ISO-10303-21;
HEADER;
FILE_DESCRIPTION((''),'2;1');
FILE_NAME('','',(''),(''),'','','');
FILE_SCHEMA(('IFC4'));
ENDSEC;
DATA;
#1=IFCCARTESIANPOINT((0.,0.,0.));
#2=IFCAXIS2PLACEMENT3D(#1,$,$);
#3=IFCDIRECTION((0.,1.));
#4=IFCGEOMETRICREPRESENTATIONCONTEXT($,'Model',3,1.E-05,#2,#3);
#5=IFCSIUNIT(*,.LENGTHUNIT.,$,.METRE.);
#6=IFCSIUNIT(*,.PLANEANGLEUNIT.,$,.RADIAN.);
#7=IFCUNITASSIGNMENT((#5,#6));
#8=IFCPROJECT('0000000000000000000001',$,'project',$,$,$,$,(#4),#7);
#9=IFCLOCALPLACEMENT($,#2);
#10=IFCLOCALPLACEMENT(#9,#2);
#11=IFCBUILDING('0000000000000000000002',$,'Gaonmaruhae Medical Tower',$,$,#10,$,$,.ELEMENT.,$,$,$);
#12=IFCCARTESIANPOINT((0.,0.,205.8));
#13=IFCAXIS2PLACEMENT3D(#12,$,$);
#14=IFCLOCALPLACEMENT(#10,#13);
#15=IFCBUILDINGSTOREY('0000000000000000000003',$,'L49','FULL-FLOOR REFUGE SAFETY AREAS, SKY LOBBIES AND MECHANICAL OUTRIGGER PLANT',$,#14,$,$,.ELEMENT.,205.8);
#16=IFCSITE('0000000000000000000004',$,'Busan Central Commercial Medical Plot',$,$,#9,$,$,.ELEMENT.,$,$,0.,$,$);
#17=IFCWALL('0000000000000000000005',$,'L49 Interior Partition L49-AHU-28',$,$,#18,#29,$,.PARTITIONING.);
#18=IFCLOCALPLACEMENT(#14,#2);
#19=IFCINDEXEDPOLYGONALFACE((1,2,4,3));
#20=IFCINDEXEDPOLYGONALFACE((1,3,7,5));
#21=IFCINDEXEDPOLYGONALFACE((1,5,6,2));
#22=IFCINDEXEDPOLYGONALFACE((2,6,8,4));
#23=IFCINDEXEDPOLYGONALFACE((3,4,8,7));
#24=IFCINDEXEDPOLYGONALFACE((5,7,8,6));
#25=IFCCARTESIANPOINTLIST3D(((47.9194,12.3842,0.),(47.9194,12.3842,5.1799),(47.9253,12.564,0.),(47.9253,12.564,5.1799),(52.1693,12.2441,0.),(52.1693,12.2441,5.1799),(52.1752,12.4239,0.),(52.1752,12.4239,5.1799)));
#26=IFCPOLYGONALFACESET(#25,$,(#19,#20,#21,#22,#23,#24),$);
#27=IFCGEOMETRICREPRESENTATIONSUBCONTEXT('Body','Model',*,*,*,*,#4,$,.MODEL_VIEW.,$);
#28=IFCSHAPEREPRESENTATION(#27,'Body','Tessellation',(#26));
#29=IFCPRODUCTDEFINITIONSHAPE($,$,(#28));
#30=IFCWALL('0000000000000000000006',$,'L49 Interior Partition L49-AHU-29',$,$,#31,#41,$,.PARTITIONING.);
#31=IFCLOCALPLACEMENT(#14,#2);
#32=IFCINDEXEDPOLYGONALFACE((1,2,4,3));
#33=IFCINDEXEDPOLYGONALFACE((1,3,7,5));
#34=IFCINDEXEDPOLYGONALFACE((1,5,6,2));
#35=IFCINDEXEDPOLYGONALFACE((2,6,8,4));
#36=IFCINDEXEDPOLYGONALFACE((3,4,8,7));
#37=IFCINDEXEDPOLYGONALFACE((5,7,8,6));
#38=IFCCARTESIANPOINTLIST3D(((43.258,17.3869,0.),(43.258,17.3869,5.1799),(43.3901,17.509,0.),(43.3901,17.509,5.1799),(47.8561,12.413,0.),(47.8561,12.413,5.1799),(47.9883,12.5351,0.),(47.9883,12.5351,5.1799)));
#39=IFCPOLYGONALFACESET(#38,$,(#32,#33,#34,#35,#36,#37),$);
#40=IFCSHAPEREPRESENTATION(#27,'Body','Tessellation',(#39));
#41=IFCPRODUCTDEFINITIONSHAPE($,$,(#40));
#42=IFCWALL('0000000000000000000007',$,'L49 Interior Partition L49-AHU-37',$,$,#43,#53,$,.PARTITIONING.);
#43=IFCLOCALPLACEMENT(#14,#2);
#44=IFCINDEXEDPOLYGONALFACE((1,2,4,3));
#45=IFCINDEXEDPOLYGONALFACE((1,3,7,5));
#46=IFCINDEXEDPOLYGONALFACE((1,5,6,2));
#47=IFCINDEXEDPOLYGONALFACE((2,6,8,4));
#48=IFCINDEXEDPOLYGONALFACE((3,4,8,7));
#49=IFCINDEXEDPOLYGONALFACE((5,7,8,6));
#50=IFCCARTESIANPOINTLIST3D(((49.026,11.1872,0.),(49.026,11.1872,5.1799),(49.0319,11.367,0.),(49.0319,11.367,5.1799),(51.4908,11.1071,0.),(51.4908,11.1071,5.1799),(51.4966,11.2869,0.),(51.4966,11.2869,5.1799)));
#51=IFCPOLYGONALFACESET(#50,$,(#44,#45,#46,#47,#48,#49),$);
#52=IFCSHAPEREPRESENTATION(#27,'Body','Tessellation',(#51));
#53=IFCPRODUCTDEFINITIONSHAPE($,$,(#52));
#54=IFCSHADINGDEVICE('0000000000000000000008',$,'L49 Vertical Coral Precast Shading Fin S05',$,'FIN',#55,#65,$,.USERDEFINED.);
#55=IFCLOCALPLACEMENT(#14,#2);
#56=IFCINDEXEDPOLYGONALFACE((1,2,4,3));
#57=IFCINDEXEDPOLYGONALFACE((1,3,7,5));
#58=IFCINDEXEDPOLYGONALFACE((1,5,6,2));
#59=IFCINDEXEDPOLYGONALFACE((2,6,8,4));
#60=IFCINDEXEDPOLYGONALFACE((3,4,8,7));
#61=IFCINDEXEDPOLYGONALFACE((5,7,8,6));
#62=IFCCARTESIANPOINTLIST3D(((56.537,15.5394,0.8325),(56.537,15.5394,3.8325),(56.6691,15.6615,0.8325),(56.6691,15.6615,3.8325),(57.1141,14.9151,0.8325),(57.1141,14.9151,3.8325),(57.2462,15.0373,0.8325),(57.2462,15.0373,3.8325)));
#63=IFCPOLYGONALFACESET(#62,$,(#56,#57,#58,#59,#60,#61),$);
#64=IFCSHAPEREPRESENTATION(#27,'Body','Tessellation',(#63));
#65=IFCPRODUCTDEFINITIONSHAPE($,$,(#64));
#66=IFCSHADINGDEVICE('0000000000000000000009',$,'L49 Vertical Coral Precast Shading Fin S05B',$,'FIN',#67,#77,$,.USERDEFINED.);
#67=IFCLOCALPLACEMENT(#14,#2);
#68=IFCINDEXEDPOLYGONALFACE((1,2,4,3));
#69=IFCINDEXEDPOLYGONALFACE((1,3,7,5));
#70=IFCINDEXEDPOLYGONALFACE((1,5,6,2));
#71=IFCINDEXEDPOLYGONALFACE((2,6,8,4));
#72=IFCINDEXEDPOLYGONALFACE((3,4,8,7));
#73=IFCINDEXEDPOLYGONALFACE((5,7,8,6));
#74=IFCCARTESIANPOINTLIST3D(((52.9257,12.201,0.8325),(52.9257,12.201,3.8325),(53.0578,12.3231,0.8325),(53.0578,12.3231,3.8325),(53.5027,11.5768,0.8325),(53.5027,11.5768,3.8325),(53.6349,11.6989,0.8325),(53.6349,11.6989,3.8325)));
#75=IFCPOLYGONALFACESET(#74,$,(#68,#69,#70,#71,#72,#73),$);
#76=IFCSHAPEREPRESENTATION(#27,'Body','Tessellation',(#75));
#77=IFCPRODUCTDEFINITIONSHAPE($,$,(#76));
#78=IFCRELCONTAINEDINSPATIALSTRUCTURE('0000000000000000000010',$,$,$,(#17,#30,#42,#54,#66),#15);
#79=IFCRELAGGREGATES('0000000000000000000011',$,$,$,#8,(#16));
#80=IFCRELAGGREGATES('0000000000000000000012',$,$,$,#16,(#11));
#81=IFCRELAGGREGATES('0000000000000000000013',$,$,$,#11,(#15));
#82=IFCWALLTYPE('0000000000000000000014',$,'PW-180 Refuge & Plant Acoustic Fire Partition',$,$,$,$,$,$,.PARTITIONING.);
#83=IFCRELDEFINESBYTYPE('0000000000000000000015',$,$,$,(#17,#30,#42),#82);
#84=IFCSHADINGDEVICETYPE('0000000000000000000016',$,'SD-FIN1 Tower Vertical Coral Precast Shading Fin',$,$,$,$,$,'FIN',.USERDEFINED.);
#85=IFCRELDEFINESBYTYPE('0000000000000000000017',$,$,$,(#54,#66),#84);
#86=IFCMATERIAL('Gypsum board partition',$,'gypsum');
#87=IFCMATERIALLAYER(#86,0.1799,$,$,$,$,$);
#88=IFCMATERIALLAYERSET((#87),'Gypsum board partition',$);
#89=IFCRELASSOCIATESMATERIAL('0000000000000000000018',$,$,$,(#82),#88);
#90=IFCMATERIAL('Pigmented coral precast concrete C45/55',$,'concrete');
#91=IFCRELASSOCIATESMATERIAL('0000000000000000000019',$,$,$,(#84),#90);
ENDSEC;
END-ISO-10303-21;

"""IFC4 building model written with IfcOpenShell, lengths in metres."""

from ifc_helpers import new_model, si_unit, direction, frame, frame_2d, origin, origin_2d, place, context, subcontext, project, spatial, rectangle, extrude, material, layer, layer_set, type_object, element, save


model = new_model("IFC4")

# Units and contexts
model_context = context("Model", 3, precision=1e-05, world=origin(), true_north=direction((0.0, 1.0)))
body_context = subcontext(model_context, "Body", "Model", "MODEL_VIEW")
ifc_project = project(units=[si_unit("LENGTHUNIT", "METRE"), si_unit("PLANEANGLEUNIT", "RADIAN")], contexts=[model_context])

# Site, building, storey
site_placement = place(None, origin())
site = spatial("IfcSite", under=ifc_project, at=site_placement, Name="Busan Central Commercial Medical Plot", CompositionType="ELEMENT", RefElevation=0.0)
building_placement = place(site_placement, origin())
building = spatial("IfcBuilding", under=site, at=building_placement, Name="Gaonmaruhae Medical Tower", CompositionType="ELEMENT")
storey_placement = place(building_placement, frame((0.0, 0.0, 205.8)))
storey = spatial("IfcBuildingStorey", under=building, at=storey_placement, Name="L49", Description="FULL-FLOOR REFUGE SAFETY AREAS, SKY LOBBIES AND MECHANICAL OUTRIGGER PLANT", CompositionType="ELEMENT", Elevation=205.8)

# Walls
ifc_material_1 = material(Name="Gypsum board partition", Category="gypsum")
ifc_layer_1 = layer(ifc_material_1, 0.1799)
ifc_layer_set_1 = layer_set([ifc_layer_1], Name="Gypsum board partition")
wall_type_1 = type_object("IfcWallType", Name="PW-180 Refuge & Plant Acoustic Fire Partition", PredefinedType="PARTITIONING", material=ifc_layer_set_1)
wall_1_placement = place(storey_placement, frame((52.1721, 12.334, 0.0), z_axis=(0.0, 0.0, 1.0), x_axis=(-0.999457, 0.032955, 0.0)))
element("IfcWall", 1, at=wall_1_placement, inside=storey, type_object=wall_type_1, Name="L49 Interior Partition L49-AHU-28", PredefinedType="PARTITIONING", context=body_context, shape_type="SweptSolid", body=[
    extrude(rectangle(XDim=4.2522, YDim=0.1799, at=frame_2d((2.126, 0.0))), origin(), (0.0, 0.0, 1.0), 5.1799),
])
wall_2_placement = place(storey_placement, frame((47.9221, 12.4741, 0.0), z_axis=(0.0, 0.0, 1.0), x_axis=(-0.678828, 0.734297, 0.0)))
element("IfcWall", 2, at=wall_2_placement, inside=storey, type_object=wall_type_1, Name="L49 Interior Partition L49-AHU-29", PredefinedType="PARTITIONING", context=body_context, shape_type="SweptSolid", body=[
    extrude(rectangle(XDim=6.7737, YDim=0.1799, at=frame_2d((3.3867, 0.0))), origin(), (0.0, 0.0, 1.0), 5.1799),
])
wall_3_placement = place(storey_placement, frame((49.0291, 11.2771, 0.0), z_axis=(0.0, 0.0, 1.0), x_axis=(0.999473, -0.032471, 0.0)))
element("IfcWall", 3, at=wall_3_placement, inside=storey, type_object=wall_type_1, Name="L49 Interior Partition L49-AHU-37", PredefinedType="PARTITIONING", context=body_context, shape_type="SweptSolid", body=[
    extrude(rectangle(XDim=2.4661, YDim=0.1799, at=frame_2d((1.2329, 0.0))), origin(), (0.0, 0.0, 1.0), 5.1799),
])

# Shading devices
ifc_material_2 = material(Name="Pigmented coral precast concrete C45/55", Category="concrete")
shading_device_type = type_object("IfcShadingDeviceType", Name="SD-FIN1 Tower Vertical Coral Precast Shading Fin", ElementType="FIN", PredefinedType="USERDEFINED", material=ifc_material_2)
for number, where, z_axis, x_axis, name in (
    (4, (56.8916, 15.2883, 0.8325), (0.0, 0.0, 1.0), (-0.734323, -0.678801, 0.0), "L49 Vertical Coral Precast Shading Fin S05"),
    (5, (53.2803, 11.95, 0.8325), (0.0, 0.0, 1.0), (-0.734323, -0.678801, 0.0), "L49 Vertical Coral Precast Shading Fin S05B"),
):
    element("IfcShadingDevice", number, at=place(storey_placement, frame(where, z_axis=z_axis, x_axis=x_axis)), inside=storey, type_object=shading_device_type, Name=name, ObjectType="FIN", PredefinedType="USERDEFINED", context=body_context, shape_type="SweptSolid", body=[
        extrude(rectangle(XDim=0.1799, YDim=0.8501, at=origin_2d()), origin(), (0.0, 0.0, 1.0), 3.0),
    ])

save(model, "model.ifc")
